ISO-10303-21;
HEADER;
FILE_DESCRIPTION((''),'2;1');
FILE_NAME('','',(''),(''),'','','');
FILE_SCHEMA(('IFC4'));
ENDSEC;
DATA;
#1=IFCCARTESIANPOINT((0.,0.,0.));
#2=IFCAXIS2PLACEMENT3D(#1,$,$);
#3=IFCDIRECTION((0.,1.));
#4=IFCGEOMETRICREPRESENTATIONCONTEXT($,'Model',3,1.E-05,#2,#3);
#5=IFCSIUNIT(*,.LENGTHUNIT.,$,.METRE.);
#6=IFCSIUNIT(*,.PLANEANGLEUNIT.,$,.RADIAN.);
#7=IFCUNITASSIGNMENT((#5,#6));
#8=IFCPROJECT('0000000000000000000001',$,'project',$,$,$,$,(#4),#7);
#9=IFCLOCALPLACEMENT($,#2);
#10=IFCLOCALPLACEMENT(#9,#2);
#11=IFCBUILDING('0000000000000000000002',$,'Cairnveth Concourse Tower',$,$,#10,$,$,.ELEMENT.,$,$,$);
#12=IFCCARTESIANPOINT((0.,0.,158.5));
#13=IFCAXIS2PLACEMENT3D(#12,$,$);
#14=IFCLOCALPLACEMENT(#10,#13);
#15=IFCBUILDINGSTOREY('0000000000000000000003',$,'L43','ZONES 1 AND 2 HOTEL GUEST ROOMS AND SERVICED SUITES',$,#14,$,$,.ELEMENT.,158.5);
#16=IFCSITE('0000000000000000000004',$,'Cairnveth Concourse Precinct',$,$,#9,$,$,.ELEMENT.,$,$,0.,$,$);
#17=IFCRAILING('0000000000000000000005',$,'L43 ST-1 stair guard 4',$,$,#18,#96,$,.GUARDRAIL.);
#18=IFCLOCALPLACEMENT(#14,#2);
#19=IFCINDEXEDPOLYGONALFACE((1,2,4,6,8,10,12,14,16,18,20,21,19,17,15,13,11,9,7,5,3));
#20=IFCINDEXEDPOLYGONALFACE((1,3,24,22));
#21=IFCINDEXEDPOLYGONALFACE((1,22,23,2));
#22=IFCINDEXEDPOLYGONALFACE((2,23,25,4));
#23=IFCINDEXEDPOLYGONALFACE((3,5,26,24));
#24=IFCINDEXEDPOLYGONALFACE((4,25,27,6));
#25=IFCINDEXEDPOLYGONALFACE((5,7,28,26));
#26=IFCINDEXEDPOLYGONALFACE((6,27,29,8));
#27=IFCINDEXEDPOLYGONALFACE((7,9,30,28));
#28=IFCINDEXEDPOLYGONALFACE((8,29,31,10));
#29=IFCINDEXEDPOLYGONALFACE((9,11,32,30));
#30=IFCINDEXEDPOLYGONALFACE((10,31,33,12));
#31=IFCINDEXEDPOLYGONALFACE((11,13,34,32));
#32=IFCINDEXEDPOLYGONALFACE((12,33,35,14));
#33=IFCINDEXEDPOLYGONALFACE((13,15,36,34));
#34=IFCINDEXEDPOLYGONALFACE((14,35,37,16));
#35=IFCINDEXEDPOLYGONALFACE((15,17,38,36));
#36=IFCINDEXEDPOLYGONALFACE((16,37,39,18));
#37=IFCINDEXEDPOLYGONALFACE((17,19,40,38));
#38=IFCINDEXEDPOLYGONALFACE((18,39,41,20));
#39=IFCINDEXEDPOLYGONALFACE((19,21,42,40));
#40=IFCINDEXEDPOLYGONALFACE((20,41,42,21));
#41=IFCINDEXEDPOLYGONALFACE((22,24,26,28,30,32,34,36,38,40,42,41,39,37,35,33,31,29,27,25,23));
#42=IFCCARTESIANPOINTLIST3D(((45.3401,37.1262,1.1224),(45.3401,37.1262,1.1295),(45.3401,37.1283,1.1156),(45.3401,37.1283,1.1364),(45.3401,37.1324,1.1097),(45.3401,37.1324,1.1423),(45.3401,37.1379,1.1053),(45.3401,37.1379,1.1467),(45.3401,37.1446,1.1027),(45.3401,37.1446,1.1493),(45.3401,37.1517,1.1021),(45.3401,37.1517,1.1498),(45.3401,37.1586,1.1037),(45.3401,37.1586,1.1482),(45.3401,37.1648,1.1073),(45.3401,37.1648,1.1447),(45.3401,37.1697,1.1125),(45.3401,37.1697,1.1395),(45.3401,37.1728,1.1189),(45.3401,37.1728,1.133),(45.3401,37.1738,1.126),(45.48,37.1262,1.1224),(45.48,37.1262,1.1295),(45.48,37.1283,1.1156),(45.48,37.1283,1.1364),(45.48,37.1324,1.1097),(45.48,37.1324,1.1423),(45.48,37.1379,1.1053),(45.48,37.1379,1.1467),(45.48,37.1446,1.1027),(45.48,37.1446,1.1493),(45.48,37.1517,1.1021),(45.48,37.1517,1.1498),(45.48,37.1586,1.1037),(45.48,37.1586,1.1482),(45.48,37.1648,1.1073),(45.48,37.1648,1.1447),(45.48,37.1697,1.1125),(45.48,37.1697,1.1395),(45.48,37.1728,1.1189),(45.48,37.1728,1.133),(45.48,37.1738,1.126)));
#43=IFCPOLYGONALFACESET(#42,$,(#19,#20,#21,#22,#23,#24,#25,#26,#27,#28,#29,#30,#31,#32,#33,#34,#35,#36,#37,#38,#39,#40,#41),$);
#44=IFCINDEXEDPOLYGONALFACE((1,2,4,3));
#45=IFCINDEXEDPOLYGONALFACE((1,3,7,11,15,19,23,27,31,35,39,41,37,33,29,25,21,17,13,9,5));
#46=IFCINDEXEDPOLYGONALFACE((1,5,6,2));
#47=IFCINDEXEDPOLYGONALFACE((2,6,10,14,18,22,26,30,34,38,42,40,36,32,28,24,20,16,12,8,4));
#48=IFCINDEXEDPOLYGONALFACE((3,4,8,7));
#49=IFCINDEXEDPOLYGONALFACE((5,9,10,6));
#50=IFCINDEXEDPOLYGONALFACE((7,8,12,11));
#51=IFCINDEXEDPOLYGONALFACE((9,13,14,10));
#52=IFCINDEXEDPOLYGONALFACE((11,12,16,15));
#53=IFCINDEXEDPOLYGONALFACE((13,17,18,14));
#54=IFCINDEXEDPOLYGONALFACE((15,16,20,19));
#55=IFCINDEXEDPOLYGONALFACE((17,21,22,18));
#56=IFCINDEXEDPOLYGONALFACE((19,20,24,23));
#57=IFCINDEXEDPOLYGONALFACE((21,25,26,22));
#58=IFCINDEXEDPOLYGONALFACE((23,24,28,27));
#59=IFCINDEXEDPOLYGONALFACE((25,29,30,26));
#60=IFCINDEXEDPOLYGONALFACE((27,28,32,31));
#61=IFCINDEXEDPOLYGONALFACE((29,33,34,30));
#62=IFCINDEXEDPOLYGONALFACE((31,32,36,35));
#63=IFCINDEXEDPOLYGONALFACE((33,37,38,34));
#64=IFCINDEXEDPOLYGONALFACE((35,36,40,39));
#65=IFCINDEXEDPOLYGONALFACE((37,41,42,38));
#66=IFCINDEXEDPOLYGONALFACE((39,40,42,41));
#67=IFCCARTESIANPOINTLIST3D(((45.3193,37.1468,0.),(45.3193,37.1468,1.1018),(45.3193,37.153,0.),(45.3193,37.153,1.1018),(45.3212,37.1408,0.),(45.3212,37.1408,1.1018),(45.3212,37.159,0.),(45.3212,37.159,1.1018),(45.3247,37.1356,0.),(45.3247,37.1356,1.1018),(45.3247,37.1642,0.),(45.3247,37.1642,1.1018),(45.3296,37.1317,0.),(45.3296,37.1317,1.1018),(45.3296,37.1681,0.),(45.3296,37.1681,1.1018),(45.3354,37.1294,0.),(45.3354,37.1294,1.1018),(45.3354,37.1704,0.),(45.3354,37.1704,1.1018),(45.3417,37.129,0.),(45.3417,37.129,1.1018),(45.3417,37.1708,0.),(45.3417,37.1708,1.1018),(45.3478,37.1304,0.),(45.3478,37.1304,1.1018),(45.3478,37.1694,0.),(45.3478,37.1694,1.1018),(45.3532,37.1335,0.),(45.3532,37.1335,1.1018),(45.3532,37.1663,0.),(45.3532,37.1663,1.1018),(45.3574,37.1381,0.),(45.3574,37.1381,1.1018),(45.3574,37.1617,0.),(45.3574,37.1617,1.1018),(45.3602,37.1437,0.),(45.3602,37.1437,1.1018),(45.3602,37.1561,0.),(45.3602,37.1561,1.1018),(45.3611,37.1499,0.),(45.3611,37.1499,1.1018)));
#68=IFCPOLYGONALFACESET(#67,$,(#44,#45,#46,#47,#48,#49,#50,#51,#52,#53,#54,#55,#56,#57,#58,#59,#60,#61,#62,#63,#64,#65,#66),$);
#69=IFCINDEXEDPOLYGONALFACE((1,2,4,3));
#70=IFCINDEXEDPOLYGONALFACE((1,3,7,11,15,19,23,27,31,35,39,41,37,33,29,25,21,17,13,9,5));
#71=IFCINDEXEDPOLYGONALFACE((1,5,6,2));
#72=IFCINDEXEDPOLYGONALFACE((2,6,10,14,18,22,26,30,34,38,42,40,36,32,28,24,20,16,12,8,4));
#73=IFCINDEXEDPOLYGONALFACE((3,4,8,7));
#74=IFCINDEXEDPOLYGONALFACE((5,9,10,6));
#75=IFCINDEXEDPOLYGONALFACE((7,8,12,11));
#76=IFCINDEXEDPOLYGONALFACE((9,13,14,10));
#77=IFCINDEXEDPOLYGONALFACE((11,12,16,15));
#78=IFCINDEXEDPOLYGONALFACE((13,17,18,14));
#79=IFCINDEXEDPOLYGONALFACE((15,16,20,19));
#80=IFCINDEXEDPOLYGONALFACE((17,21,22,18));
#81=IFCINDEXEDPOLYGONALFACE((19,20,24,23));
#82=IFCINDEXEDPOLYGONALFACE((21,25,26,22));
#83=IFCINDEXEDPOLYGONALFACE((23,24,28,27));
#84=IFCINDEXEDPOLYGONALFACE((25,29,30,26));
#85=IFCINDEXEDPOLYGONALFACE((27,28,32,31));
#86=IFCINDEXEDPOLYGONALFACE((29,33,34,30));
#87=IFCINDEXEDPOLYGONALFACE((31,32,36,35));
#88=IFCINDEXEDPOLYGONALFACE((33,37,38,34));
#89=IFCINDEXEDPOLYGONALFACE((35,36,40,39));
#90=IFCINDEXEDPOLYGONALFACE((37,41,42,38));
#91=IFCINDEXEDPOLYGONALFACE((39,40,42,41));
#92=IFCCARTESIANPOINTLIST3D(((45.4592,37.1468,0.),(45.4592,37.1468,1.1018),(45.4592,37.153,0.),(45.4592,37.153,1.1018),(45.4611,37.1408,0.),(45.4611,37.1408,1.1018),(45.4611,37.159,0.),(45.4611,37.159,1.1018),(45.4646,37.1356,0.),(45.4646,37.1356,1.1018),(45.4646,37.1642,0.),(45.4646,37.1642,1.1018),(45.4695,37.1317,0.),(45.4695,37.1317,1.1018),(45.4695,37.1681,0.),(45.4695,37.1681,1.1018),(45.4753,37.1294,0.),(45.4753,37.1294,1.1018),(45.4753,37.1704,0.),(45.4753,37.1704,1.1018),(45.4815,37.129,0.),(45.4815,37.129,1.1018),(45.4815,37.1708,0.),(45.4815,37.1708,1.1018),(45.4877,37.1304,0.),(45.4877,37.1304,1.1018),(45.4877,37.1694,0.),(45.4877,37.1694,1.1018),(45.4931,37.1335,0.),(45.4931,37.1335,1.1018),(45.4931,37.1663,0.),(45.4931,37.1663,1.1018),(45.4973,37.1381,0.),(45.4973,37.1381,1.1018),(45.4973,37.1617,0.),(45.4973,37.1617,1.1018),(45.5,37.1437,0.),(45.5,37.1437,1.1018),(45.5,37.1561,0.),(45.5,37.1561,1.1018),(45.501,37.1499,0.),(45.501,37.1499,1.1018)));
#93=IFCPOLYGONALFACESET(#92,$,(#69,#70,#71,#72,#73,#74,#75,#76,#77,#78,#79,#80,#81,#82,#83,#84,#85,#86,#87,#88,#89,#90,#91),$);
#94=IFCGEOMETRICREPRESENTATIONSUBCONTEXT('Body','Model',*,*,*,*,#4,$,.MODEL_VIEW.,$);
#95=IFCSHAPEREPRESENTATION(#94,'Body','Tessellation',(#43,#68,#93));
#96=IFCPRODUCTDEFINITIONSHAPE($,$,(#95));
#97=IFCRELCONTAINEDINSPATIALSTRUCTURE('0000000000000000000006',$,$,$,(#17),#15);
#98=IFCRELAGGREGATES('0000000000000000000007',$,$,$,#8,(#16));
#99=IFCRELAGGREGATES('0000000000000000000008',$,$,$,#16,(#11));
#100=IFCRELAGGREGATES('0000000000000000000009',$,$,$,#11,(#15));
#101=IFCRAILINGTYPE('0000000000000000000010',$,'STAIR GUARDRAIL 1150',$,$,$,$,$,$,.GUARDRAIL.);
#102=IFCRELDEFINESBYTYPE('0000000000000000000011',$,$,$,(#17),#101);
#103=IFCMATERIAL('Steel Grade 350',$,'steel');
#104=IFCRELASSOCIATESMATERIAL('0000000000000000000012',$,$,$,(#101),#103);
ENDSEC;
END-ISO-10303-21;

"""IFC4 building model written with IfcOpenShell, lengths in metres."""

from ifc_helpers import new_model, si_unit, direction, frame, origin, origin_2d, place, context, subcontext, project, spatial, circle, extrude, material, type_object, element, save


model = new_model("IFC4")

# Units and contexts
model_context = context("Model", 3, precision=1e-05, world=origin(), true_north=direction((0.0, 1.0)))
body_context = subcontext(model_context, "Body", "Model", "MODEL_VIEW")
ifc_project = project(units=[si_unit("LENGTHUNIT", "METRE"), si_unit("PLANEANGLEUNIT", "RADIAN")], contexts=[model_context])

# Site, building, storey
site_placement = place(None, origin())
site = spatial("IfcSite", under=ifc_project, at=site_placement, Name="Cairnveth Concourse Precinct", CompositionType="ELEMENT", RefElevation=0.0)
building_placement = place(site_placement, origin())
building = spatial("IfcBuilding", under=site, at=building_placement, Name="Cairnveth Concourse Tower", CompositionType="ELEMENT")
storey_placement = place(building_placement, frame((0.0, 0.0, 158.5)))
storey = spatial("IfcBuildingStorey", under=building, at=storey_placement, Name="L43", Description="ZONES 1 AND 2 HOTEL GUEST ROOMS AND SERVICED SUITES", CompositionType="ELEMENT", Elevation=158.5)

# Shared definitions
ifc_material_1 = material(Name="Steel Grade 350", Category="steel")

# Railing
railing_type_1 = type_object("IfcRailingType", Name="STAIR GUARDRAIL 1150", PredefinedType="GUARDRAIL", material=ifc_material_1)
railing_1_placement = place(storey_placement, frame((45.3401, 37.1499, 0.0)))
element("IfcRailing", 1, at=railing_1_placement, inside=storey, type_object=railing_type_1, Name="L43 ST-1 stair guard 4", PredefinedType="GUARDRAIL", context=body_context, shape_type="SweptSolid", body=[
    extrude(circle(Radius=0.0239, at=origin_2d()), frame((0.0, 0.0, 1.126), z_axis=(1.0, 0.0, 0.0), x_axis=(0.0, 1.0, 0.0)), (0.0, 0.0, 1.0), 0.1399),
    extrude(circle(Radius=0.021, at=origin_2d()), origin(), (0.0, 0.0, 1.0), 1.1018),
    extrude(circle(Radius=0.021, at=origin_2d()), frame((0.1399, 0.0, 0.0)), (0.0, 0.0, 1.0), 1.1018),
])

save(model, "model.ifc")
